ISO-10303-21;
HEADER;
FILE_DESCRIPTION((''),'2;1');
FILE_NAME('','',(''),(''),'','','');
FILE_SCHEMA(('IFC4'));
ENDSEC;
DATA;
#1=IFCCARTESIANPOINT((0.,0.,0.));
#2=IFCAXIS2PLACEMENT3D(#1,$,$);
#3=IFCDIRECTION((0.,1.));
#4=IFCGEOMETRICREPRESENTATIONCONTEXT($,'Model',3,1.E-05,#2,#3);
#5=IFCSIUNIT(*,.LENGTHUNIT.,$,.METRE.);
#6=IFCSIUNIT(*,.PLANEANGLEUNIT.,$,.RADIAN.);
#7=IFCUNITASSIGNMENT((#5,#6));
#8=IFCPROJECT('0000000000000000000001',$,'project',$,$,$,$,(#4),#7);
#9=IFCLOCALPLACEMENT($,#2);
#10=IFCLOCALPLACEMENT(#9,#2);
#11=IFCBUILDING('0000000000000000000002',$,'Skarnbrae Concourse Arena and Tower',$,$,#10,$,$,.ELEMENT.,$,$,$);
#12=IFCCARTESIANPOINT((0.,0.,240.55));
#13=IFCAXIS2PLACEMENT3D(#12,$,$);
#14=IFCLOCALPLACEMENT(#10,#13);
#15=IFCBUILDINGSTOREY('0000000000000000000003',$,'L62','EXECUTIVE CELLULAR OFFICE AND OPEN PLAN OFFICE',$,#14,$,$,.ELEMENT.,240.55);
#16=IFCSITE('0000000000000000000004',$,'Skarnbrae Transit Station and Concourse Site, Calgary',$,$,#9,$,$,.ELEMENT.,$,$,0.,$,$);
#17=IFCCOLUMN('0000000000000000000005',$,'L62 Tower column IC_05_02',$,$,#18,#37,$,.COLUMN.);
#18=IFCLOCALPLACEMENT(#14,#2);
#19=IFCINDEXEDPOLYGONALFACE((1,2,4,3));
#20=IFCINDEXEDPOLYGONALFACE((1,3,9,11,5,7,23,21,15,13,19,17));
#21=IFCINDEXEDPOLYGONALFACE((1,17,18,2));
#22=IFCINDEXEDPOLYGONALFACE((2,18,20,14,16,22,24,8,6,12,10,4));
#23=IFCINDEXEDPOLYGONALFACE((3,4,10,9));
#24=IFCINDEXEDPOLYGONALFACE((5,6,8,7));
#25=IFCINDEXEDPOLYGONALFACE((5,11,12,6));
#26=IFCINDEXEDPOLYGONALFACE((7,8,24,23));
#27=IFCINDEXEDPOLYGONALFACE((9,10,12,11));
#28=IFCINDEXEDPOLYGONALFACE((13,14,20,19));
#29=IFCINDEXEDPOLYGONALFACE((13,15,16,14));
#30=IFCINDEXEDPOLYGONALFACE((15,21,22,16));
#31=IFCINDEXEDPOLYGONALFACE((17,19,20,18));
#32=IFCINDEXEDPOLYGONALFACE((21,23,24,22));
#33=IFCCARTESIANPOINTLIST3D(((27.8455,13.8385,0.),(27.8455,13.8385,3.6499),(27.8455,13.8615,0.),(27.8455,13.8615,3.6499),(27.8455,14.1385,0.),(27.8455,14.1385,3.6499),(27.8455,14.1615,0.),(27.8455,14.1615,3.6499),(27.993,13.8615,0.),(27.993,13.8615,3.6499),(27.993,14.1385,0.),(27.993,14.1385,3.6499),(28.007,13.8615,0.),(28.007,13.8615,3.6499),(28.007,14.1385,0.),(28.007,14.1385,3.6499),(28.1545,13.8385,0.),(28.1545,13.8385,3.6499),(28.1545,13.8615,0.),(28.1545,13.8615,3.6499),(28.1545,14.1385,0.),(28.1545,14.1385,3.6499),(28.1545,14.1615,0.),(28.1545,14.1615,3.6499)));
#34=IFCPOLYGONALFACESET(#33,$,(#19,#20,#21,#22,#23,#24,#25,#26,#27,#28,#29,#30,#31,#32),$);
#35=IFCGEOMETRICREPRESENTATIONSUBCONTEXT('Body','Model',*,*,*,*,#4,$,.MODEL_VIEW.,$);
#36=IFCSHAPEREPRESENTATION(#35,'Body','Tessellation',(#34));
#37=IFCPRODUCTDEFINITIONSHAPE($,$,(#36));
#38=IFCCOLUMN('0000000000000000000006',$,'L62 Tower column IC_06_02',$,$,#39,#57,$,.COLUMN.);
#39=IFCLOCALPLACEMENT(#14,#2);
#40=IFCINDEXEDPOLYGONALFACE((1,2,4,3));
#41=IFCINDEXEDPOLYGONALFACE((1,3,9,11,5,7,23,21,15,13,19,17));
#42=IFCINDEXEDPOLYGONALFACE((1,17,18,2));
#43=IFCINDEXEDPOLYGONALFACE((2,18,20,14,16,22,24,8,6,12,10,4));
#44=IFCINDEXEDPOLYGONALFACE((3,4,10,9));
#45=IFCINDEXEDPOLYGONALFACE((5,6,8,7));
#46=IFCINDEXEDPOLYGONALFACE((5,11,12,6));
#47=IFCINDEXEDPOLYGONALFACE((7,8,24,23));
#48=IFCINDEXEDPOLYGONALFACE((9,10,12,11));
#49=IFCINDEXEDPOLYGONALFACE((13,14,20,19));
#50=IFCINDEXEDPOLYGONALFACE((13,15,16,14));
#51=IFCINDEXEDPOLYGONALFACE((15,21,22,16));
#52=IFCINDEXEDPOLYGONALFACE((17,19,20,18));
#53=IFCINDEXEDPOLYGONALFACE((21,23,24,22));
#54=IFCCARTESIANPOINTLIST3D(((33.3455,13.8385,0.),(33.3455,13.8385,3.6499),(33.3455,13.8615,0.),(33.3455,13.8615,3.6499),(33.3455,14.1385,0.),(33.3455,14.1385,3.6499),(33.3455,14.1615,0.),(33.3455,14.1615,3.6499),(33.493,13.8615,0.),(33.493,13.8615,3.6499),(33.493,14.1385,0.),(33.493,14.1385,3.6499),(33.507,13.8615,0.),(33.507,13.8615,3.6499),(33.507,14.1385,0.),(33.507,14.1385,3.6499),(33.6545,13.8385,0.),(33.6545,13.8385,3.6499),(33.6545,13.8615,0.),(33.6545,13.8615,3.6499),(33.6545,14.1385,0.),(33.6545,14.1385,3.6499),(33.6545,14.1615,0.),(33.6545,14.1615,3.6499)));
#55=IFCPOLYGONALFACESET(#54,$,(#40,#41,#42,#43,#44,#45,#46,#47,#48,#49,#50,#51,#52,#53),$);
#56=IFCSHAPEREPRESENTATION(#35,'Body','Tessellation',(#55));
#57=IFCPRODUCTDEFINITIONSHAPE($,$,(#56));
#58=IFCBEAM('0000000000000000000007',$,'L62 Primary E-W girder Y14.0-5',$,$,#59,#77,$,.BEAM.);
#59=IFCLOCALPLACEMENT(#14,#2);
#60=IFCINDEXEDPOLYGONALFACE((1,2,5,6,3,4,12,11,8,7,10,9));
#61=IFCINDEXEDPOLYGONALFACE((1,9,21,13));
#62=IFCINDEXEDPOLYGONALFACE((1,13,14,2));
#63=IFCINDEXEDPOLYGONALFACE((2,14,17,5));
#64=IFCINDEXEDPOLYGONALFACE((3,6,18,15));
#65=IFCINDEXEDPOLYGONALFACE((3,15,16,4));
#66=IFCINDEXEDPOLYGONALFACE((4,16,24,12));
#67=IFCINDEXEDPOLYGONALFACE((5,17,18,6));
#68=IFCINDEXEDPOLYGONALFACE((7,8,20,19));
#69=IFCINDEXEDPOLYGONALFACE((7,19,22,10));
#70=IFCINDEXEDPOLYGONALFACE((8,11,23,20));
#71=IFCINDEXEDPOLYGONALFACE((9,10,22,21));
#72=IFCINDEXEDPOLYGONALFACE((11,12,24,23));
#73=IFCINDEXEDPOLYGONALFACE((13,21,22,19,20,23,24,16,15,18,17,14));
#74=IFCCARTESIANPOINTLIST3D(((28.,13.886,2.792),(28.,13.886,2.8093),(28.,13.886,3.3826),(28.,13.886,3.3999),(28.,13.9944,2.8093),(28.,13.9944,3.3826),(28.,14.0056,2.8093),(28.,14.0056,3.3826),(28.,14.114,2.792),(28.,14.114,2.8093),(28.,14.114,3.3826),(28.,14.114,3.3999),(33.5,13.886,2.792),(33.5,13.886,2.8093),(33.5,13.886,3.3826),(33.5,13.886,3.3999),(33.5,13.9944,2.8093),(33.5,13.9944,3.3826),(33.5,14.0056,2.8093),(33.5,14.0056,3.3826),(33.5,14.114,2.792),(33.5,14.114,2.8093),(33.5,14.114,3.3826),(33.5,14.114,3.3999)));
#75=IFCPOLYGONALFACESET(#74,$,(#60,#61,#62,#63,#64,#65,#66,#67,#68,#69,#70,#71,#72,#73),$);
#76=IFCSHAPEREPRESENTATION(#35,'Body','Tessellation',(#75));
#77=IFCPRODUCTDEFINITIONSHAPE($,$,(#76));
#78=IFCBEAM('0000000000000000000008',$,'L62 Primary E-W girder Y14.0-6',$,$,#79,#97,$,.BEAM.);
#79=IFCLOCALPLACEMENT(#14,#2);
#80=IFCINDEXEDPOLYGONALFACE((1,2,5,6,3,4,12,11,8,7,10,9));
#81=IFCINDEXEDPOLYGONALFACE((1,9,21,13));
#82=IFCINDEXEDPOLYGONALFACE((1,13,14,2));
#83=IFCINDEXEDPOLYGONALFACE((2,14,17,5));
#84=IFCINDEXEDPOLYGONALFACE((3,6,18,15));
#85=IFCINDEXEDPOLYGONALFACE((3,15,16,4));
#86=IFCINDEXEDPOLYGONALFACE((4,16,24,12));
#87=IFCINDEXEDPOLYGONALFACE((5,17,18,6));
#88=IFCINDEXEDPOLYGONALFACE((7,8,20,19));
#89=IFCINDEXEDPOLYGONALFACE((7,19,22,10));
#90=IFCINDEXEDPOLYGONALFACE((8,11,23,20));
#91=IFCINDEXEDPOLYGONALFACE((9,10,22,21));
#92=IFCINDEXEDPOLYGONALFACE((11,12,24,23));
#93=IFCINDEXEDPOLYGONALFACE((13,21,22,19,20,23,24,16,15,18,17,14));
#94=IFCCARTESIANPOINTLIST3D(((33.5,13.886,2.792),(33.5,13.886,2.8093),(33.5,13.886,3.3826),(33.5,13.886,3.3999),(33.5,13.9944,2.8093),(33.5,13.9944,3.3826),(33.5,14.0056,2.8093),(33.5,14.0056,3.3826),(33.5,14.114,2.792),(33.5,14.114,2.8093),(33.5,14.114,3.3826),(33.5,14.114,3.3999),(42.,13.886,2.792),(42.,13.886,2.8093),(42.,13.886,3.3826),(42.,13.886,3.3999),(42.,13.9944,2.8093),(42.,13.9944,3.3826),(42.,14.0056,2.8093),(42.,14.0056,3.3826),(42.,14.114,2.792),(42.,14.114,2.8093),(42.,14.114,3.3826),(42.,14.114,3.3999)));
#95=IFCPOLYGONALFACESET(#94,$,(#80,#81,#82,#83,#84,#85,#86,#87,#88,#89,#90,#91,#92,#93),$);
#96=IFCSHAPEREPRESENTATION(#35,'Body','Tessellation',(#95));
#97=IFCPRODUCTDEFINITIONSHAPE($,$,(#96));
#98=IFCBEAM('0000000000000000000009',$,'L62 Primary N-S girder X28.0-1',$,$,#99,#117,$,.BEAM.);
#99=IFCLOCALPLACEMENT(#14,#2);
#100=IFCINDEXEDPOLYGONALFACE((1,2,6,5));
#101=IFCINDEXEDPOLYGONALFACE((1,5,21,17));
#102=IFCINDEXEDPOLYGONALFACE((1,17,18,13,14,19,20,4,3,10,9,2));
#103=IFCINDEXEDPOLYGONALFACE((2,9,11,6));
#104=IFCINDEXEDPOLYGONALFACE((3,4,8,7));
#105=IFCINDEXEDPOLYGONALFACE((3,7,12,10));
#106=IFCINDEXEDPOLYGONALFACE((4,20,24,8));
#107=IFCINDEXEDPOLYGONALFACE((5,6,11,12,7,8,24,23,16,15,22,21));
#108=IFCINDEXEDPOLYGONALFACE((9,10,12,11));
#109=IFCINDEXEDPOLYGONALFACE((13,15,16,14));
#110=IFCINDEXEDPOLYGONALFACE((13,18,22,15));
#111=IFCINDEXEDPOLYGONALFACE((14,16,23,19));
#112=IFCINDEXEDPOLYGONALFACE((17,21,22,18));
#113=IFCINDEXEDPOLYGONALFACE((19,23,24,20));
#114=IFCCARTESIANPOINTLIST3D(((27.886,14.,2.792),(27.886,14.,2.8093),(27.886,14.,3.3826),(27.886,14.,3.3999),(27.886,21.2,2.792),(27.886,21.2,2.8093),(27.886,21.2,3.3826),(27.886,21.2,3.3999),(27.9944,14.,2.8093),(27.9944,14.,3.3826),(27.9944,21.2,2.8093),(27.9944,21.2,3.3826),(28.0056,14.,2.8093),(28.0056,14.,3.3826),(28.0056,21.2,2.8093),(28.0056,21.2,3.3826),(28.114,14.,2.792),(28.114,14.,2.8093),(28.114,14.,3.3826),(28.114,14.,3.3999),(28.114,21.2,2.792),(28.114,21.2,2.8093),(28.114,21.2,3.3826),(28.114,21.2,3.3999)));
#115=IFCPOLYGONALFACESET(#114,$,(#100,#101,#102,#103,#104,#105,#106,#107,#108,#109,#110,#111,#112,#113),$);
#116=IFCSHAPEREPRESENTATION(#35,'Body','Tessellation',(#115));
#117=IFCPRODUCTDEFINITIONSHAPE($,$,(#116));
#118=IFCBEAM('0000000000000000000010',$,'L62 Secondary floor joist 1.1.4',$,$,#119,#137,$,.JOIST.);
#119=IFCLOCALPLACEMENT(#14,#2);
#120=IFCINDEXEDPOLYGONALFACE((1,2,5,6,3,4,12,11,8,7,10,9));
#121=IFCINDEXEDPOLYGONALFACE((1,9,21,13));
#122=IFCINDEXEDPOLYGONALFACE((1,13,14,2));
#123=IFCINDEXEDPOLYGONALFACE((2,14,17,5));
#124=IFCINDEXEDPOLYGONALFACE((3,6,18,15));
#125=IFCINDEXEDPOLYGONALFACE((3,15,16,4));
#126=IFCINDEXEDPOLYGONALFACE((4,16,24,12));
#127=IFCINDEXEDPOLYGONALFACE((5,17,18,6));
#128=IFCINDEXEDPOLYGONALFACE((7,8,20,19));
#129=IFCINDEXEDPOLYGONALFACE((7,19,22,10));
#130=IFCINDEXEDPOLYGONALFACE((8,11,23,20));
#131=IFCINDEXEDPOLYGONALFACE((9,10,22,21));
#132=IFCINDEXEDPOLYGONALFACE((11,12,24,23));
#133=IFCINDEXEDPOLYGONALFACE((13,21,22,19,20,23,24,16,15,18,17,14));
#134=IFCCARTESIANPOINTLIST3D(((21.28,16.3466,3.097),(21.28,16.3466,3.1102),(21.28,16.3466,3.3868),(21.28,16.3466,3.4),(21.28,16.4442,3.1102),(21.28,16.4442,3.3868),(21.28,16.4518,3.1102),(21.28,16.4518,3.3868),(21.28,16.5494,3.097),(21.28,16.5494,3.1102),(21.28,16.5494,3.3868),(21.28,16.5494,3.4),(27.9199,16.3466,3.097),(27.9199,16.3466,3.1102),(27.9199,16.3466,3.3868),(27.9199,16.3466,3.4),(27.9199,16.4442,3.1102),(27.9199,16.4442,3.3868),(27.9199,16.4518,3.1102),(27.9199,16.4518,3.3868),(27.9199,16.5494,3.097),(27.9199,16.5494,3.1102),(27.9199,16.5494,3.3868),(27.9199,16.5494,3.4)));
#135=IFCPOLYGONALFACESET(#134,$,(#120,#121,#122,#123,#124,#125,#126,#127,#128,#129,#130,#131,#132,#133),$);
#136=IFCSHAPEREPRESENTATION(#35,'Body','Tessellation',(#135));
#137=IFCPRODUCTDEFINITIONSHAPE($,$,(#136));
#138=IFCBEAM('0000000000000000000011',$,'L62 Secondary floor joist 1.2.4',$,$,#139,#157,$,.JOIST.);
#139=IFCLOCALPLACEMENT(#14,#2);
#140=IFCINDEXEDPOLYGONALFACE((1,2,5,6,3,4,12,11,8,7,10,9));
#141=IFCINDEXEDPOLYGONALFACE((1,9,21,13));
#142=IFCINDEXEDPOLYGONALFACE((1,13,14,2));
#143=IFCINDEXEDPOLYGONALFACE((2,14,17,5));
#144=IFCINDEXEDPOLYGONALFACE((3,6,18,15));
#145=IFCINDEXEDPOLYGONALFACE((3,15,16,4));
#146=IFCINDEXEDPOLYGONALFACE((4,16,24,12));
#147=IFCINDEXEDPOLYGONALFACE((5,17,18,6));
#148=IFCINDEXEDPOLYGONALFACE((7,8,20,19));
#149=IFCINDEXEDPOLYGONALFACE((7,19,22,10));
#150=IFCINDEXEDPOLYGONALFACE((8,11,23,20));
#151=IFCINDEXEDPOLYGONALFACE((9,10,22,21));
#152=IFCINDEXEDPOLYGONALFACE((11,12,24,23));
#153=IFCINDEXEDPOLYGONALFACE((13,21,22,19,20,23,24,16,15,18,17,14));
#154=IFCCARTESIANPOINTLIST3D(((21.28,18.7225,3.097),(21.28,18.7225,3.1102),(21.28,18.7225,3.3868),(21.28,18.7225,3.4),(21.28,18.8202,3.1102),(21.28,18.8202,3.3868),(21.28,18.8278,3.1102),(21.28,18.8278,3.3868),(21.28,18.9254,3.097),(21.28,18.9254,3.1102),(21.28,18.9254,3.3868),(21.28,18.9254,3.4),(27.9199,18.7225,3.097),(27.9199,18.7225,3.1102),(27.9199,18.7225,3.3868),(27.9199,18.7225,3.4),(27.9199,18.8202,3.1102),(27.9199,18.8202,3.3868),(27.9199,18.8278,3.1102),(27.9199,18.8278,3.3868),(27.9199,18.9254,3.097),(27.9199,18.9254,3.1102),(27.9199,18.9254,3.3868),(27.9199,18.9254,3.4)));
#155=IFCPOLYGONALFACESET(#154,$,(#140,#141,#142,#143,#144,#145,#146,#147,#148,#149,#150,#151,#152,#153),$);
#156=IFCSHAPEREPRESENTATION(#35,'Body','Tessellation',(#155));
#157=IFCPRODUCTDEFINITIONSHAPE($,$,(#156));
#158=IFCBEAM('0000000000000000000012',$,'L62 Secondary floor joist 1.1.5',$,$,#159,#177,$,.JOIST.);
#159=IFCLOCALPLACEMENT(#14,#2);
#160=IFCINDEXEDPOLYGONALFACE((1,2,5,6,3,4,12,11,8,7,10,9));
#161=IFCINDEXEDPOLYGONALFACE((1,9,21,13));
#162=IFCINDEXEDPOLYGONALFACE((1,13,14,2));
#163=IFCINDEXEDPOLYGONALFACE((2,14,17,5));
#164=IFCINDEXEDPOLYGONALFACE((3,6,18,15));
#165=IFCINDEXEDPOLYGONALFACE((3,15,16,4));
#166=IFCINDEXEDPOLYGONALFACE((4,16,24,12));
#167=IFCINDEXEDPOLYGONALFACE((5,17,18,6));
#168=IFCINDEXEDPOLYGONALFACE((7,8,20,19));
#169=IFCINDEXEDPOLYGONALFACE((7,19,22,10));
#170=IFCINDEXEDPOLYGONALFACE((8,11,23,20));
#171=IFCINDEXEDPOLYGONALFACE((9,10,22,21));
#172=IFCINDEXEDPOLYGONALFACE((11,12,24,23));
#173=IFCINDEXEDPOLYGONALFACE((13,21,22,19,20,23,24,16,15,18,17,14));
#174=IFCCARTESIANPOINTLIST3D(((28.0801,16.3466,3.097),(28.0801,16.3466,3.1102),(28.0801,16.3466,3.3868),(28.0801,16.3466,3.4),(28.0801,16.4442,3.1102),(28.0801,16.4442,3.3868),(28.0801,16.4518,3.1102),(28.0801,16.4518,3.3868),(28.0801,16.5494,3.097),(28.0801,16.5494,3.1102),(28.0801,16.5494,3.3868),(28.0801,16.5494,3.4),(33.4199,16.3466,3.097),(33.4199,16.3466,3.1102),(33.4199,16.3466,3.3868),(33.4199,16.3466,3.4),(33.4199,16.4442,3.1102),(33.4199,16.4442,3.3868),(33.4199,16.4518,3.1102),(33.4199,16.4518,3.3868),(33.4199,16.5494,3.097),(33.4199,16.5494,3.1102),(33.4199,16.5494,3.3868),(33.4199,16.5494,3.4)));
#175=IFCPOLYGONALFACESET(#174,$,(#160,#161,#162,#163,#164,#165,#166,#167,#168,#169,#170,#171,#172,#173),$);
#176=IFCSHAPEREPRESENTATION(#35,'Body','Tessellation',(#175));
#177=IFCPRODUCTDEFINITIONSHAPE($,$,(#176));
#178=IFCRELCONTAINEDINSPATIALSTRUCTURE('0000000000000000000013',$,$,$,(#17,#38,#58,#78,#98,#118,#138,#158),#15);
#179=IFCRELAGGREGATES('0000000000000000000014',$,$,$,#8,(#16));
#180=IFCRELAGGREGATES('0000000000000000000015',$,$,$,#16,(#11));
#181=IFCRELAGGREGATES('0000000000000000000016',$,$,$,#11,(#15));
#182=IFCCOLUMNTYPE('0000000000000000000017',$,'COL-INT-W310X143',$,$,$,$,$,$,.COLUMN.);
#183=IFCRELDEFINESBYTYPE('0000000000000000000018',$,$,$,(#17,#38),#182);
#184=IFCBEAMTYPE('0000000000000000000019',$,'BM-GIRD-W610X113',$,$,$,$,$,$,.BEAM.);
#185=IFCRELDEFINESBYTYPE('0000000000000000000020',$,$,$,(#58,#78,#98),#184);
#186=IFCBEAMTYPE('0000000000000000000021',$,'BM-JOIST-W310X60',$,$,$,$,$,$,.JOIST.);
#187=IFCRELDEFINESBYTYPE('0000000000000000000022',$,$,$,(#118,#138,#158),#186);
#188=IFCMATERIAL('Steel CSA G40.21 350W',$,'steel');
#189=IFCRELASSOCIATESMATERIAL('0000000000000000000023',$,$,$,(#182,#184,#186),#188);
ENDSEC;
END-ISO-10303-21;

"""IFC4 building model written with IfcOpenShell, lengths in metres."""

from ifc_helpers import new_model, si_unit, direction, frame, origin, origin_2d, place, context, subcontext, project, spatial, i_section, extrude, source, transform, mapped, material, material_profile, profile_set, type_object, element, save


model = new_model("IFC4")

# Units and contexts
model_context = context("Model", 3, precision=1e-05, world=origin(), true_north=direction((0.0, 1.0)))
body_context = subcontext(model_context, "Body", "Model", "MODEL_VIEW")
ifc_project = project(units=[si_unit("LENGTHUNIT", "METRE"), si_unit("PLANEANGLEUNIT", "RADIAN")], contexts=[model_context])

# Site, building, storey
site_placement = place(None, origin())
site = spatial("IfcSite", under=ifc_project, at=site_placement, Name="Skarnbrae Transit Station and Concourse Site, Calgary", CompositionType="ELEMENT", RefElevation=0.0)
building_placement = place(site_placement, origin())
building = spatial("IfcBuilding", under=site, at=building_placement, Name="Skarnbrae Concourse Arena and Tower", CompositionType="ELEMENT")
storey_placement = place(building_placement, frame((0.0, 0.0, 240.55)))
storey = spatial("IfcBuildingStorey", under=building, at=storey_placement, Name="L62", Description="EXECUTIVE CELLULAR OFFICE AND OPEN PLAN OFFICE", CompositionType="ELEMENT", Elevation=240.55)

# Columns
ifc_material_1 = material(Name="Steel CSA G40.21 350W", Category="steel")
ifc_material_profile_1 = material_profile(ifc_material_1, i_section(OverallWidth=0.3091, OverallDepth=0.323, WebThickness=0.0139, FlangeThickness=0.0229, at=origin_2d()), Name="W310X143")
ifc_profile_set_1 = profile_set([ifc_material_profile_1], Name="Steel CSA G40.21 350W")
column_type = type_object("IfcColumnType", Name="COL-INT-W310X143", PredefinedType="COLUMN", material=ifc_profile_set_1)
shared_shape_1 = source(origin(), body_context, "Body", "SweptSolid", [
    extrude(i_section(OverallWidth=0.3091, OverallDepth=0.323, WebThickness=0.0139, FlangeThickness=0.0229, at=origin_2d()), origin(), (0.0, 0.0, 1.0), 3.6499),
])
for number, where, z_axis, x_axis, name in (
    (1, (28.0, 14.0, 0.0), (0.0, 0.0, 1.0), (1.0, 0.0, 0.0), "L62 Tower column IC_05_02"),
    (2, (33.5, 14.0, 0.0), (0.0, 0.0, 1.0), (1.0, 0.0, 0.0), "L62 Tower column IC_06_02"),
):
    element("IfcColumn", number, at=place(storey_placement, frame(where, z_axis=z_axis, x_axis=x_axis)), inside=storey, type_object=column_type, Name=name, PredefinedType="COLUMN", context=body_context, shape_type="MappedRepresentation", body=[
        mapped(shared_shape_1, transform((0.0, 0.0, 0.0))),
    ])

# Beams
ifc_material_profile_2 = material_profile(ifc_material_1, i_section(OverallWidth=0.228, OverallDepth=0.6079, WebThickness=0.0112, FlangeThickness=0.0173, at=origin_2d()), Name="W610X113")
ifc_profile_set_2 = profile_set([ifc_material_profile_2], Name="Steel CSA G40.21 350W")
beam_type_1 = type_object("IfcBeamType", Name="BM-GIRD-W610X113", PredefinedType="BEAM", material=ifc_profile_set_2)
shared_shape_2 = source(origin(), body_context, "Body", "SweptSolid", [
    extrude(i_section(OverallWidth=0.228, OverallDepth=0.6079, WebThickness=0.0112, FlangeThickness=0.0173, at=origin_2d()), origin(), (0.0, 0.0, 1.0), 5.5),
])
beam_1_placement = place(storey_placement, frame((28.0, 14.0, 3.0959), z_axis=(1.0, 0.0, 0.0), x_axis=(0.0, 1.0, 0.0)))
element("IfcBeam", 3, at=beam_1_placement, inside=storey, type_object=beam_type_1, Name="L62 Primary E-W girder Y14.0-5", PredefinedType="BEAM", context=body_context, shape_type="MappedRepresentation", body=[
    mapped(shared_shape_2, transform((0.0, 0.0, 0.0))),
])
shared_shape_3 = source(origin(), body_context, "Body", "SweptSolid", [
    extrude(i_section(OverallWidth=0.228, OverallDepth=0.6079, WebThickness=0.0112, FlangeThickness=0.0173, at=origin_2d()), origin(), (0.0, 0.0, 1.0), 8.5),
])
beam_2_placement = place(storey_placement, frame((33.5, 14.0, 3.0959), z_axis=(1.0, 0.0, 0.0), x_axis=(0.0, 1.0, 0.0)))
element("IfcBeam", 4, at=beam_2_placement, inside=storey, type_object=beam_type_1, Name="L62 Primary E-W girder Y14.0-6", PredefinedType="BEAM", context=body_context, shape_type="MappedRepresentation", body=[
    mapped(shared_shape_3, transform((0.0, 0.0, 0.0))),
])
shared_shape_4 = source(origin(), body_context, "Body", "SweptSolid", [
    extrude(i_section(OverallWidth=0.228, OverallDepth=0.6079, WebThickness=0.0112, FlangeThickness=0.0173, at=origin_2d()), origin(), (0.0, 0.0, 1.0), 7.2),
])
beam_3_placement = place(storey_placement, frame((28.0, 14.0, 3.0959), z_axis=(0.0, 1.0, 0.0), x_axis=(-1.0, 0.0, 0.0)))
element("IfcBeam", 5, at=beam_3_placement, inside=storey, type_object=beam_type_1, Name="L62 Primary N-S girder X28.0-1", PredefinedType="BEAM", context=body_context, shape_type="MappedRepresentation", body=[
    mapped(shared_shape_4, transform((0.0, 0.0, 0.0))),
])
ifc_material_profile_3 = material_profile(ifc_material_1, i_section(OverallWidth=0.2029, OverallDepth=0.303, WebThickness=0.0076, FlangeThickness=0.0132, at=origin_2d()), Name="W310X60")
ifc_profile_set_3 = profile_set([ifc_material_profile_3], Name="Steel CSA G40.21 350W")
beam_type_2 = type_object("IfcBeamType", Name="BM-JOIST-W310X60", PredefinedType="JOIST", material=ifc_profile_set_3)
shared_shape_5 = source(origin(), body_context, "Body", "SweptSolid", [
    extrude(i_section(OverallWidth=0.2029, OverallDepth=0.303, WebThickness=0.0076, FlangeThickness=0.0132, at=origin_2d()), origin(), (0.0, 0.0, 1.0), 6.6399),
])
for number, where, z_axis, x_axis, name in (
    (6, (21.28, 16.448, 3.2485), (1.0, 0.0, 0.0), (0.0, 1.0, 0.0), "L62 Secondary floor joist 1.1.4"),
    (7, (21.28, 18.824, 3.2485), (1.0, 0.0, 0.0), (0.0, 1.0, 0.0), "L62 Secondary floor joist 1.2.4"),
):
    element("IfcBeam", number, at=place(storey_placement, frame(where, z_axis=z_axis, x_axis=x_axis)), inside=storey, type_object=beam_type_2, Name=name, PredefinedType="JOIST", context=body_context, shape_type="MappedRepresentation", body=[
        mapped(shared_shape_5, transform((0.0, 0.0, 0.0))),
    ])
shared_shape_6 = source(origin(), body_context, "Body", "SweptSolid", [
    extrude(i_section(OverallWidth=0.2029, OverallDepth=0.303, WebThickness=0.0076, FlangeThickness=0.0132, at=origin_2d()), origin(), (0.0, 0.0, 1.0), 5.3398),
])
for number, where, z_axis, x_axis, name in (
    (8, (28.0801, 16.448, 3.2485), (1.0, 0.0, 0.0), (0.0, 1.0, 0.0), "L62 Secondary floor joist 1.1.5"),
):
    element("IfcBeam", number, at=place(storey_placement, frame(where, z_axis=z_axis, x_axis=x_axis)), inside=storey, type_object=beam_type_2, Name=name, PredefinedType="JOIST", context=body_context, shape_type="MappedRepresentation", body=[
        mapped(shared_shape_6, transform((0.0, 0.0, 0.0))),
    ])

save(model, "model.ifc")
